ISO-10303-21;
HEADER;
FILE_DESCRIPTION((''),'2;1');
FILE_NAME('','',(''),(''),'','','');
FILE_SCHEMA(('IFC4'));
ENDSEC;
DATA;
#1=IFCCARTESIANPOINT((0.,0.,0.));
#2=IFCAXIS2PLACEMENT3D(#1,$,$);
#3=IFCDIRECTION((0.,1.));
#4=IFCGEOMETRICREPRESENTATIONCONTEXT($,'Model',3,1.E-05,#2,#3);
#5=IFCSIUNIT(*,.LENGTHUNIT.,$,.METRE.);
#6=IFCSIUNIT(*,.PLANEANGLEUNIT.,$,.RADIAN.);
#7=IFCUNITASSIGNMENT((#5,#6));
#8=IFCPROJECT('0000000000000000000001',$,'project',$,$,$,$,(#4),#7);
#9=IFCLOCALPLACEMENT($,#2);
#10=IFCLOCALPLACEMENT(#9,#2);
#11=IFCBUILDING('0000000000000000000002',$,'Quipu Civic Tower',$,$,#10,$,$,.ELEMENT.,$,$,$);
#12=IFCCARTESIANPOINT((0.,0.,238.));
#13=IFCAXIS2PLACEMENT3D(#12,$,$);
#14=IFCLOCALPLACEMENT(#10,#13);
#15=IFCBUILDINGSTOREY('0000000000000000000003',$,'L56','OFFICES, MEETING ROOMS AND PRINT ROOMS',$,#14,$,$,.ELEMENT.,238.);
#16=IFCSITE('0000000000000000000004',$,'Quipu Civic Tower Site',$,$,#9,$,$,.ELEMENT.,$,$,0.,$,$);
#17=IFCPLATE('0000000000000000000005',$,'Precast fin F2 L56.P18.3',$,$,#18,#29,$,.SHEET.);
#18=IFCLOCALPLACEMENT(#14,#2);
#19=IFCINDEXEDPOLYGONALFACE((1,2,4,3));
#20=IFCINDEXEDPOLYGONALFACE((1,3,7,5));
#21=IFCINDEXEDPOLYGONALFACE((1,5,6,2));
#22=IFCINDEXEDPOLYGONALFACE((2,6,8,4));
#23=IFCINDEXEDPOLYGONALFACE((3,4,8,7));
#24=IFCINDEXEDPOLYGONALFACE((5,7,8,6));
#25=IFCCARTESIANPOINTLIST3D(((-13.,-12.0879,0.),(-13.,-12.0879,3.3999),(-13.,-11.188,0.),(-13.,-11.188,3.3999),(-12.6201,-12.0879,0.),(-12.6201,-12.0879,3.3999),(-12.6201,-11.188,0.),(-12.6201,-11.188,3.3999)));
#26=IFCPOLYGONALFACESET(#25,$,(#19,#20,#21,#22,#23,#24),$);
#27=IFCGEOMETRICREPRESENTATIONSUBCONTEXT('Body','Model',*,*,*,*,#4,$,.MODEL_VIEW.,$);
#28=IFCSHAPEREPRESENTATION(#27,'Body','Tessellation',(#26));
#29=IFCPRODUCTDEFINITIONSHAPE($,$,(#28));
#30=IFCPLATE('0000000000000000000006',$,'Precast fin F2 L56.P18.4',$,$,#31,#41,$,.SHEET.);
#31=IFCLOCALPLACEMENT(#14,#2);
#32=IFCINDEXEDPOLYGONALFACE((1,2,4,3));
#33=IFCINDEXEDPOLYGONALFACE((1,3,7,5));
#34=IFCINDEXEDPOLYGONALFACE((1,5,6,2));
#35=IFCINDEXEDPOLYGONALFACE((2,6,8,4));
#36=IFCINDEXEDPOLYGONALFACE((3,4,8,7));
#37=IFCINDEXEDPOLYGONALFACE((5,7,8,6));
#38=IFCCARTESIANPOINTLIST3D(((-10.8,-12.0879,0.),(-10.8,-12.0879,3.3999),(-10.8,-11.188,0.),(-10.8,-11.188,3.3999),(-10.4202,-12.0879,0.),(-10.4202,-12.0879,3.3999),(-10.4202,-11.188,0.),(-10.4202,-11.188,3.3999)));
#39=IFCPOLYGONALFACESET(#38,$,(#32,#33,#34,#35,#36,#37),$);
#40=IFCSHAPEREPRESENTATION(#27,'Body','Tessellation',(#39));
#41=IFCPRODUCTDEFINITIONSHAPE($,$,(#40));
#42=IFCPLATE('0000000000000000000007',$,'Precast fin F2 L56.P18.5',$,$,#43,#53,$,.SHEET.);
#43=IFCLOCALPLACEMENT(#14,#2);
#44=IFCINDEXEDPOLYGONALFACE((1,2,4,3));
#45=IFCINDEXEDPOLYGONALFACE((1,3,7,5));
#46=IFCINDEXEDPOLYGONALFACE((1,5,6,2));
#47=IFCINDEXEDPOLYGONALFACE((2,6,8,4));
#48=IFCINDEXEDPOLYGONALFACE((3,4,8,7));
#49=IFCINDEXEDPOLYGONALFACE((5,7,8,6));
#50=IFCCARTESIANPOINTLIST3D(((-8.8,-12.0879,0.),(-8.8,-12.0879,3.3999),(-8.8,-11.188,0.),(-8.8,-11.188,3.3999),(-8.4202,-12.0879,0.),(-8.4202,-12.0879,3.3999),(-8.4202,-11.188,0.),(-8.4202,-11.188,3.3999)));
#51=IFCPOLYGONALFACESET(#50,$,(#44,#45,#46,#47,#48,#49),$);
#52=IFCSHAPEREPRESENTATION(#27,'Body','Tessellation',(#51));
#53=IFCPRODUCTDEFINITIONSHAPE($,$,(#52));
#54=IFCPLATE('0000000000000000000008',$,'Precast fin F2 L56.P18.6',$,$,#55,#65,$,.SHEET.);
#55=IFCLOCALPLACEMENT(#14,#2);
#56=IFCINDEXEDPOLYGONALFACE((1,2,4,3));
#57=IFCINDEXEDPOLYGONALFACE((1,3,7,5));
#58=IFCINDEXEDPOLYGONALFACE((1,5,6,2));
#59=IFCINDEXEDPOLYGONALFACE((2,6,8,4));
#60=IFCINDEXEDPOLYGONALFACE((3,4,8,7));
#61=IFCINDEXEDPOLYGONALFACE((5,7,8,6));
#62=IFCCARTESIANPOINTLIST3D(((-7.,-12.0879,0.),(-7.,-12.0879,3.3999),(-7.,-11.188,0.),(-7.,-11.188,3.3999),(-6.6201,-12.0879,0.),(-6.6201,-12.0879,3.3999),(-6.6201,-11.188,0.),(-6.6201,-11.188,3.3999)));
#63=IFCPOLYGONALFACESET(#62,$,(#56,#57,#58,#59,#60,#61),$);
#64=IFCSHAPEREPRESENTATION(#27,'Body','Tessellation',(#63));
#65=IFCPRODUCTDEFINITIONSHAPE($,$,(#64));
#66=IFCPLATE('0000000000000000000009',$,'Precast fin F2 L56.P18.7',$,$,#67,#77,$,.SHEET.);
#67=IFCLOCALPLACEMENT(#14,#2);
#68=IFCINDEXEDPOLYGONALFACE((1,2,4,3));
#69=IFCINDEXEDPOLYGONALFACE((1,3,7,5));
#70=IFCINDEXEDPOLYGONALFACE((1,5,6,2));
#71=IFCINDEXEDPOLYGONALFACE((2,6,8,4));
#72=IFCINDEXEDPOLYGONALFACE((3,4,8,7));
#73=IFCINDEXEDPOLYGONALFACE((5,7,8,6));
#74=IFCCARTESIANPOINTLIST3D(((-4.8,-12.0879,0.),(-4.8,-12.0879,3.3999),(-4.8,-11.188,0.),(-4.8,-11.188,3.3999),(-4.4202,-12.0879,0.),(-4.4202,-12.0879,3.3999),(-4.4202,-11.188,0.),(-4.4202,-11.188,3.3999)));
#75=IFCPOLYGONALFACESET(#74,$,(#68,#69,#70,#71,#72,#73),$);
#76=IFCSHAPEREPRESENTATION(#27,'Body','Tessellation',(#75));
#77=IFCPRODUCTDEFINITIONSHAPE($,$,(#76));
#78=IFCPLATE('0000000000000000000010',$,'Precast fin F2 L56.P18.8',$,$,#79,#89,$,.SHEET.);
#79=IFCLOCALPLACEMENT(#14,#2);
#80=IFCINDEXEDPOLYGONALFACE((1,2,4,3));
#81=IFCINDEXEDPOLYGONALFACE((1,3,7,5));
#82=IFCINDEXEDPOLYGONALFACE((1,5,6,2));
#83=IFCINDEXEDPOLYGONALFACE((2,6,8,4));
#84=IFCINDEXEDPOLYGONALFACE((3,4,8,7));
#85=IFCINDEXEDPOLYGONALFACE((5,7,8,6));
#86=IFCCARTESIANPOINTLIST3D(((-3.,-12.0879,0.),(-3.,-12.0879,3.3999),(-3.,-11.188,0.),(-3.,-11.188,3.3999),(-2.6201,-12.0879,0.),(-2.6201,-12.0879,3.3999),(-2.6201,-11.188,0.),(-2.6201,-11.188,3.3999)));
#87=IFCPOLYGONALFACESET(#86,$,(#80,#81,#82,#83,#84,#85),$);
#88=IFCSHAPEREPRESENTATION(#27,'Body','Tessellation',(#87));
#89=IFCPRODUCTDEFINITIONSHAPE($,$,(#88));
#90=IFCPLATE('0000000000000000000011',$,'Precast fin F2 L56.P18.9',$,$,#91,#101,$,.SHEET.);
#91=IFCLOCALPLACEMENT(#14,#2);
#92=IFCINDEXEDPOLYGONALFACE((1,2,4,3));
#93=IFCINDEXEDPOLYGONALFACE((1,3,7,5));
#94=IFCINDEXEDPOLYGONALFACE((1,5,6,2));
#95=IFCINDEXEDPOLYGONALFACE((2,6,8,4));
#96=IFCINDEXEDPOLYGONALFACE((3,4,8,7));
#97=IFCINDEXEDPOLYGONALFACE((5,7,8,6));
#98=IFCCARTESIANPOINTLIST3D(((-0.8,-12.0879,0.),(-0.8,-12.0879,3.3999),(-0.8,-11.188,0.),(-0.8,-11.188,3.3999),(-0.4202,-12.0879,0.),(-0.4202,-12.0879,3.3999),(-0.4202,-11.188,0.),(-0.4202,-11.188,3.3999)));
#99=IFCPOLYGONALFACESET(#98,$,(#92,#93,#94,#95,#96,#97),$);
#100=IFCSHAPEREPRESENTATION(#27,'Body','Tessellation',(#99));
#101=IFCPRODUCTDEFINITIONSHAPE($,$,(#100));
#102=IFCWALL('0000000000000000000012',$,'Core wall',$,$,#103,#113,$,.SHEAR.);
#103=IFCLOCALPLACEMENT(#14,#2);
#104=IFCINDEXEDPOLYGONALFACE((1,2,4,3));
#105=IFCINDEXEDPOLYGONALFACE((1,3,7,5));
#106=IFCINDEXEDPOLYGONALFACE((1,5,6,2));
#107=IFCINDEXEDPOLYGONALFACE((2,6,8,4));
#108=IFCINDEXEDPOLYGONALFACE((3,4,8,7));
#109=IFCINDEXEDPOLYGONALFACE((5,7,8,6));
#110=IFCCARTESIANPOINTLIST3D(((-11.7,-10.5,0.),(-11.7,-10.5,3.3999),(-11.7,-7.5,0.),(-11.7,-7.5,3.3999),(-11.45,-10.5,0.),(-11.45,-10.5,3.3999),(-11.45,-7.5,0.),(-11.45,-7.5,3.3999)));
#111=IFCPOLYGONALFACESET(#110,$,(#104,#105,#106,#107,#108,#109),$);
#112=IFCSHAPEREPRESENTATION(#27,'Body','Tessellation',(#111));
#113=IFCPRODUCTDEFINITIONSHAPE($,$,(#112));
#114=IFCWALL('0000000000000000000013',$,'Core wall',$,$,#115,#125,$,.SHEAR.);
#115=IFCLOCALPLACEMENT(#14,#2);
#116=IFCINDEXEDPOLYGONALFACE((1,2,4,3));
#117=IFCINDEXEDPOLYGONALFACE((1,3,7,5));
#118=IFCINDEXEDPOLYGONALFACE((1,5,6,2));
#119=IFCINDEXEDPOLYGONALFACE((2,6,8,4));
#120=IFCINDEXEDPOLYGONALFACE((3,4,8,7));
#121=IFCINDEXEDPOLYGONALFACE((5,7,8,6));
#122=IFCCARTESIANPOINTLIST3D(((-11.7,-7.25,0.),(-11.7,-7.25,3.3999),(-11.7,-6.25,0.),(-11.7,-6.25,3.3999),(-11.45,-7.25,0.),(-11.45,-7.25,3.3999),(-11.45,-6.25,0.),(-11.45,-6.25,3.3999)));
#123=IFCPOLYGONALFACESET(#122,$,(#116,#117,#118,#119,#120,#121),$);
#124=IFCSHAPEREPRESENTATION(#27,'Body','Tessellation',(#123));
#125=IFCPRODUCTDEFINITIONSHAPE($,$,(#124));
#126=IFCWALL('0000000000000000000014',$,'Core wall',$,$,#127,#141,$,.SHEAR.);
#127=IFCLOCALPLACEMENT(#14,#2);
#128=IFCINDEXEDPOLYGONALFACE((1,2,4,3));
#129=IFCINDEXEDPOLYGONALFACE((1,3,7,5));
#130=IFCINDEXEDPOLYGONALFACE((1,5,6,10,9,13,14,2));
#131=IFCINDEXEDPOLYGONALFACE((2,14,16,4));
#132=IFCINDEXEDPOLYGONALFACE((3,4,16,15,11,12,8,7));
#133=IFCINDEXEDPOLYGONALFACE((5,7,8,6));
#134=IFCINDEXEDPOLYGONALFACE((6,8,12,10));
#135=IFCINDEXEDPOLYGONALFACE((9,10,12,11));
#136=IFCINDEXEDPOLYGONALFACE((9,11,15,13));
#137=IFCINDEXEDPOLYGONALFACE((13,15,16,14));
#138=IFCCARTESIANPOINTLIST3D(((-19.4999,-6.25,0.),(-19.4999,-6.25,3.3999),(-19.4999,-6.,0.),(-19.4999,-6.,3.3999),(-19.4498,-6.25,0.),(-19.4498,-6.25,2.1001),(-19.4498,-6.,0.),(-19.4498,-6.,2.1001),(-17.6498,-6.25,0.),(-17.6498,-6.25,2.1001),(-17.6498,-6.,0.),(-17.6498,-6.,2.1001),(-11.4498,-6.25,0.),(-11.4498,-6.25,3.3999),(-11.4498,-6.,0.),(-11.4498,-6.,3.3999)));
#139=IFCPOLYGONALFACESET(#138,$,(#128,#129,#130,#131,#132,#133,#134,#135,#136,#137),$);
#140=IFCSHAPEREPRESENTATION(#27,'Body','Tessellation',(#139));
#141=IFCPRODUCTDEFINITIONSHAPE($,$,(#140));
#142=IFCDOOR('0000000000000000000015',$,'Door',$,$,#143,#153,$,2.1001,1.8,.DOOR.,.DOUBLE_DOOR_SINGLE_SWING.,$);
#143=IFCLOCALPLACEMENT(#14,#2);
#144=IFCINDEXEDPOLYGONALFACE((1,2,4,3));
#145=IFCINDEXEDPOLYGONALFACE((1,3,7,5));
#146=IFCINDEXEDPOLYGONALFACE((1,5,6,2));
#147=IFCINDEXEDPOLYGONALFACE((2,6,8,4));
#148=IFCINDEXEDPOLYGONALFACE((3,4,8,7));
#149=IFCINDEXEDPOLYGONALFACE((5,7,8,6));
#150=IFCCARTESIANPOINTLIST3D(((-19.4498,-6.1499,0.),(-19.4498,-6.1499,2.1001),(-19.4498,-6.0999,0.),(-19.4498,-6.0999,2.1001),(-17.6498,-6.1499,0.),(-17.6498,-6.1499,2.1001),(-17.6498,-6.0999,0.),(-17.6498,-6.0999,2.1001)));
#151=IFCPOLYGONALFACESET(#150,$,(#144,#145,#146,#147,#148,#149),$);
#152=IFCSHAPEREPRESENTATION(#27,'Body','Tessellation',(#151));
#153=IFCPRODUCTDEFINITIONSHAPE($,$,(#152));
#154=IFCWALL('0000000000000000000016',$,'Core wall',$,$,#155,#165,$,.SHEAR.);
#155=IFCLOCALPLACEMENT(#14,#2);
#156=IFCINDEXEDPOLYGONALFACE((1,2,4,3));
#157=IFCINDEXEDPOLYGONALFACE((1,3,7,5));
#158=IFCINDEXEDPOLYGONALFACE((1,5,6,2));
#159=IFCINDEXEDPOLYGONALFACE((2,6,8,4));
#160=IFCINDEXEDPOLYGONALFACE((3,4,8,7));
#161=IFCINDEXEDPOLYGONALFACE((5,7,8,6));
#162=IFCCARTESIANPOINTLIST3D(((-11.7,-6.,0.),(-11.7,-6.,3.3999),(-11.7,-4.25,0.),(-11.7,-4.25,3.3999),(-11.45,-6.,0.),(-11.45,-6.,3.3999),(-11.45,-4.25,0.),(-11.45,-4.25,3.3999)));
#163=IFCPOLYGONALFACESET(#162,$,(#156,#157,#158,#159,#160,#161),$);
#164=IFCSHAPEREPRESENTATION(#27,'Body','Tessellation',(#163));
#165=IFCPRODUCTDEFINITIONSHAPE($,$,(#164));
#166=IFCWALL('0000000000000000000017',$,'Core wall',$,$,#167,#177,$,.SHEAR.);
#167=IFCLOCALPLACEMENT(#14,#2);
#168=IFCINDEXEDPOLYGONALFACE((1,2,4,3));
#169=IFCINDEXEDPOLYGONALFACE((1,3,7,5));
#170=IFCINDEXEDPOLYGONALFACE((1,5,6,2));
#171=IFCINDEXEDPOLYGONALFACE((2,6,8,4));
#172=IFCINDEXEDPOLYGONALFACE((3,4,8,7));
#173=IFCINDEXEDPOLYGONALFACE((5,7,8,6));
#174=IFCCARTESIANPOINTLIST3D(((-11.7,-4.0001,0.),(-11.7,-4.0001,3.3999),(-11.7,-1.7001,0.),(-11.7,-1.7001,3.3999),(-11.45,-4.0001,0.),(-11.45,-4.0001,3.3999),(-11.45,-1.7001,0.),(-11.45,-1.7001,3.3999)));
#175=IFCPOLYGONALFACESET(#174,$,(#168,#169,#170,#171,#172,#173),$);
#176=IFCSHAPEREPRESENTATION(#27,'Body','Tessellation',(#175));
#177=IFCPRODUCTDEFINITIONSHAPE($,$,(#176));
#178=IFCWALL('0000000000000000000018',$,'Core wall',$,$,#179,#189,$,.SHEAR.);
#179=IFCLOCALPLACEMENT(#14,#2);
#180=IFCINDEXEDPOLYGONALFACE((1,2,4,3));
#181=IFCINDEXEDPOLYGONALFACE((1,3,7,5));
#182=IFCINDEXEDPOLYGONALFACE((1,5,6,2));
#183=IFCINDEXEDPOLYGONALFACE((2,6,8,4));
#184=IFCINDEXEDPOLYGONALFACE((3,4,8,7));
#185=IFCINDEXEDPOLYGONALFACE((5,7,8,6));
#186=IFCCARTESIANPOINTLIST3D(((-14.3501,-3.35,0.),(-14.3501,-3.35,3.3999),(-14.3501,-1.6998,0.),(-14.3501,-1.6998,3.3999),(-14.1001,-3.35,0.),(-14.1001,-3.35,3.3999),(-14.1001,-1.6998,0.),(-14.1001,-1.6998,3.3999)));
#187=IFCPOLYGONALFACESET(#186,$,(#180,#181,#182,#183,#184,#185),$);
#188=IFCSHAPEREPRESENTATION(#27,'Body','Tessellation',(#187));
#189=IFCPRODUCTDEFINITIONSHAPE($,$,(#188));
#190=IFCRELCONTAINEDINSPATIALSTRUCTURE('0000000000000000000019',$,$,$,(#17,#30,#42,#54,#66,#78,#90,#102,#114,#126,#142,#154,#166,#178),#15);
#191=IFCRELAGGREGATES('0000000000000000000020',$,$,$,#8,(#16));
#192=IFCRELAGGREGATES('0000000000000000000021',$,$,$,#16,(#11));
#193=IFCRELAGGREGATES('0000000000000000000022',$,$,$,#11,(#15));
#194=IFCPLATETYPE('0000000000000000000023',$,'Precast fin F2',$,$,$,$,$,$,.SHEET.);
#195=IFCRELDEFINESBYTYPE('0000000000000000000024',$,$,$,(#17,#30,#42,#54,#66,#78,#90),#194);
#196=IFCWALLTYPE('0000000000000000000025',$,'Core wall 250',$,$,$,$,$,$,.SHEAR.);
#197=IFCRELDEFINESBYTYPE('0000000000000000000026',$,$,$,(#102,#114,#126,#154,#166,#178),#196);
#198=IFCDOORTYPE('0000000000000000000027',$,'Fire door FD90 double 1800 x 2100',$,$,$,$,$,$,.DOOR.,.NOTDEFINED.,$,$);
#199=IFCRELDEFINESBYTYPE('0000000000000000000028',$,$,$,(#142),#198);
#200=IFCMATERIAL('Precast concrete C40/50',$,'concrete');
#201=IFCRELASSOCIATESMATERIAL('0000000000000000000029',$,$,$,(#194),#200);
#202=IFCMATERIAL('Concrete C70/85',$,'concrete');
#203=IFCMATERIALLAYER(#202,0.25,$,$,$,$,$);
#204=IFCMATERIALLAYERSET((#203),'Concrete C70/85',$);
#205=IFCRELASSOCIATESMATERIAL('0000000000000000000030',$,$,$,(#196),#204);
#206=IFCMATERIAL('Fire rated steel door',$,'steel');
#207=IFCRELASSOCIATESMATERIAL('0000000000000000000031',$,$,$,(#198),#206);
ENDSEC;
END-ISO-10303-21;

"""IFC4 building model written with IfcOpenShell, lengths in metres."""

from ifc_helpers import new_model, si_unit, direction, frame, frame_2d, origin, origin_2d, place, context, subcontext, project, spatial, rectangle, extrude, material, layer, layer_set, type_object, element, fill, save


model = new_model("IFC4")

# Units and contexts
model_context = context("Model", 3, precision=1e-05, world=origin(), true_north=direction((0.0, 1.0)))
body_context = subcontext(model_context, "Body", "Model", "MODEL_VIEW")
ifc_project = project(units=[si_unit("LENGTHUNIT", "METRE"), si_unit("PLANEANGLEUNIT", "RADIAN")], contexts=[model_context])

# Site, building, storey
site_placement = place(None, origin())
site = spatial("IfcSite", under=ifc_project, at=site_placement, Name="Quipu Civic Tower Site", CompositionType="ELEMENT", RefElevation=0.0)
building_placement = place(site_placement, origin())
building = spatial("IfcBuilding", under=site, at=building_placement, Name="Quipu Civic Tower", CompositionType="ELEMENT")
storey_placement = place(building_placement, frame((0.0, 0.0, 238.0)))
storey = spatial("IfcBuildingStorey", under=building, at=storey_placement, Name="L56", Description="OFFICES, MEETING ROOMS AND PRINT ROOMS", CompositionType="ELEMENT", Elevation=238.0)

# Plates
ifc_material_1 = material(Name="Precast concrete C40/50", Category="concrete")
plate_type = type_object("IfcPlateType", Name="Precast fin F2", PredefinedType="SHEET", material=ifc_material_1)
for number, where, z_axis, x_axis, name in (
    (1, (-12.8101, -11.6379, 0.0), (0.0, 0.0, 1.0), (1.0, 0.0, 0.0), "Precast fin F2 L56.P18.3"),
    (2, (-10.6101, -11.6379, 0.0), (0.0, 0.0, 1.0), (1.0, 0.0, 0.0), "Precast fin F2 L56.P18.4"),
    (3, (-8.6101, -11.6379, 0.0), (0.0, 0.0, 1.0), (1.0, 0.0, 0.0), "Precast fin F2 L56.P18.5"),
    (4, (-6.8101, -11.6379, 0.0), (0.0, 0.0, 1.0), (1.0, 0.0, 0.0), "Precast fin F2 L56.P18.6"),
    (5, (-4.6101, -11.6379, 0.0), (0.0, 0.0, 1.0), (1.0, 0.0, 0.0), "Precast fin F2 L56.P18.7"),
    (6, (-2.8101, -11.6379, 0.0), (0.0, 0.0, 1.0), (1.0, 0.0, 0.0), "Precast fin F2 L56.P18.8"),
    (7, (-0.6101, -11.6379, 0.0), (0.0, 0.0, 1.0), (1.0, 0.0, 0.0), "Precast fin F2 L56.P18.9"),
):
    element("IfcPlate", number, at=place(storey_placement, frame(where, z_axis=z_axis, x_axis=x_axis)), inside=storey, type_object=plate_type, Name=name, PredefinedType="SHEET", context=body_context, shape_type="SweptSolid", body=[
        extrude(rectangle(XDim=0.3799, YDim=0.8999, at=origin_2d()), origin(), (0.0, 0.0, 1.0), 3.3999),
    ])

# Walls
ifc_material_2 = material(Name="Concrete C70/85", Category="concrete")
ifc_layer_1 = layer(ifc_material_2, 0.25)
ifc_layer_set_1 = layer_set([ifc_layer_1], Name="Concrete C70/85")
wall_type_1 = type_object("IfcWallType", Name="Core wall 250", PredefinedType="SHEAR", material=ifc_layer_set_1)
wall_1_placement = place(storey_placement, frame((-11.575, -10.5, 0.0), z_axis=(0.0, 0.0, 1.0), x_axis=(0.0, 1.0, 0.0)))
element("IfcWall", 8, at=wall_1_placement, inside=storey, type_object=wall_type_1, Name="Core wall", PredefinedType="SHEAR", context=body_context, shape_type="SweptSolid", body=[
    extrude(rectangle(XDim=3.0, YDim=0.25, at=frame_2d((1.5, 0.0))), origin(), (0.0, 0.0, 1.0), 3.3999),
])
wall_2_placement = place(storey_placement, frame((-11.575, -7.25, 0.0), z_axis=(0.0, 0.0, 1.0), x_axis=(0.0, 1.0, 0.0)))
element("IfcWall", 9, at=wall_2_placement, inside=storey, type_object=wall_type_1, Name="Core wall", PredefinedType="SHEAR", context=body_context, shape_type="SweptSolid", body=[
    extrude(rectangle(XDim=1.0, YDim=0.25, at=frame_2d((0.5, 0.0))), origin(), (0.0, 0.0, 1.0), 3.3999),
])

# Wall, opening, door
wall_3_placement = place(storey_placement, frame((-11.45, -6.125, 0.0), z_axis=(0.0, 0.0, 1.0), x_axis=(-1.0, 0.0, 0.0)))
wall_3 = element("IfcWall", 10, at=wall_3_placement, inside=storey, type_object=wall_type_1, Name="Core wall", PredefinedType="SHEAR", context=body_context, shape_type="SweptSolid", body=[
    extrude(rectangle(XDim=8.05, YDim=0.25, at=frame_2d((4.0249, 0.0))), origin(), (0.0, 0.0, 1.0), 3.3999),
])
opening_1_placement = place(wall_3_placement, frame((6.2, 0.0, 0.0)))
opening_1 = element("IfcOpeningElement", 11, at=opening_1_placement, cuts=wall_3, PredefinedType="OPENING", context=body_context, shape_type="SweptSolid", body=[
    extrude(rectangle(XDim=1.8, YDim=2.1001, at=frame_2d((0.8999, 1.05))), frame((0.0, 0.135, 0.0), z_axis=(0.0, -1.0, 0.0), x_axis=(1.0, 0.0, 0.0)), (0.0, 0.0, 1.0), 0.27),
])
ifc_material_3 = material(Name="Fire rated steel door", Category="steel")
door_type_1 = type_object("IfcDoorType", Name="Fire door FD90 double 1800 x 2100", OperationType="NOTDEFINED", PredefinedType="DOOR", material=ifc_material_3)
door_1_placement = place(opening_1_placement, origin())
door_1 = element("IfcDoor", 12, at=door_1_placement, inside=storey, type_object=door_type_1, Name="Door", OperationType="DOUBLE_DOOR_SINGLE_SWING", OverallHeight=2.1001, OverallWidth=1.8, PredefinedType="DOOR", context=body_context, shape_type="SweptSolid", body=[
    extrude(rectangle(XDim=1.8, YDim=2.1001, at=frame_2d((0.8999, 1.05))), frame((0.0, 0.0249, 0.0), z_axis=(0.0, -1.0, 0.0), x_axis=(1.0, 0.0, 0.0)), (0.0, 0.0, 1.0), 0.05),
])
fill(opening_1, door_1)

# Walls
wall_4_placement = place(storey_placement, frame((-11.575, -6.0, 0.0), z_axis=(0.0, 0.0, 1.0), x_axis=(0.0, 1.0, 0.0)))
element("IfcWall", 13, at=wall_4_placement, inside=storey, type_object=wall_type_1, Name="Core wall", PredefinedType="SHEAR", context=body_context, shape_type="SweptSolid", body=[
    extrude(rectangle(XDim=1.75, YDim=0.25, at=frame_2d((0.875, 0.0))), origin(), (0.0, 0.0, 1.0), 3.3999),
])
wall_5_placement = place(storey_placement, frame((-11.575, -4.0, 0.0), z_axis=(0.0, 0.0, 1.0), x_axis=(0.0, 1.0, 0.0)))
element("IfcWall", 14, at=wall_5_placement, inside=storey, type_object=wall_type_1, Name="Core wall", PredefinedType="SHEAR", context=body_context, shape_type="SweptSolid", body=[
    extrude(rectangle(XDim=2.3, YDim=0.25, at=frame_2d((1.1499, 0.0))), origin(), (0.0, 0.0, 1.0), 3.3999),
])
wall_6_placement = place(storey_placement, frame((-14.2251, -3.3501, 0.0), z_axis=(0.0, 0.0, 1.0), x_axis=(0.0, 1.0, 0.0)))
element("IfcWall", 15, at=wall_6_placement, inside=storey, type_object=wall_type_1, Name="Core wall", PredefinedType="SHEAR", context=body_context, shape_type="SweptSolid", body=[
    extrude(rectangle(XDim=1.6501, YDim=0.25, at=frame_2d((0.8252, 0.0))), origin(), (0.0, 0.0, 1.0), 3.3999),
])

save(model, "model.ifc")
